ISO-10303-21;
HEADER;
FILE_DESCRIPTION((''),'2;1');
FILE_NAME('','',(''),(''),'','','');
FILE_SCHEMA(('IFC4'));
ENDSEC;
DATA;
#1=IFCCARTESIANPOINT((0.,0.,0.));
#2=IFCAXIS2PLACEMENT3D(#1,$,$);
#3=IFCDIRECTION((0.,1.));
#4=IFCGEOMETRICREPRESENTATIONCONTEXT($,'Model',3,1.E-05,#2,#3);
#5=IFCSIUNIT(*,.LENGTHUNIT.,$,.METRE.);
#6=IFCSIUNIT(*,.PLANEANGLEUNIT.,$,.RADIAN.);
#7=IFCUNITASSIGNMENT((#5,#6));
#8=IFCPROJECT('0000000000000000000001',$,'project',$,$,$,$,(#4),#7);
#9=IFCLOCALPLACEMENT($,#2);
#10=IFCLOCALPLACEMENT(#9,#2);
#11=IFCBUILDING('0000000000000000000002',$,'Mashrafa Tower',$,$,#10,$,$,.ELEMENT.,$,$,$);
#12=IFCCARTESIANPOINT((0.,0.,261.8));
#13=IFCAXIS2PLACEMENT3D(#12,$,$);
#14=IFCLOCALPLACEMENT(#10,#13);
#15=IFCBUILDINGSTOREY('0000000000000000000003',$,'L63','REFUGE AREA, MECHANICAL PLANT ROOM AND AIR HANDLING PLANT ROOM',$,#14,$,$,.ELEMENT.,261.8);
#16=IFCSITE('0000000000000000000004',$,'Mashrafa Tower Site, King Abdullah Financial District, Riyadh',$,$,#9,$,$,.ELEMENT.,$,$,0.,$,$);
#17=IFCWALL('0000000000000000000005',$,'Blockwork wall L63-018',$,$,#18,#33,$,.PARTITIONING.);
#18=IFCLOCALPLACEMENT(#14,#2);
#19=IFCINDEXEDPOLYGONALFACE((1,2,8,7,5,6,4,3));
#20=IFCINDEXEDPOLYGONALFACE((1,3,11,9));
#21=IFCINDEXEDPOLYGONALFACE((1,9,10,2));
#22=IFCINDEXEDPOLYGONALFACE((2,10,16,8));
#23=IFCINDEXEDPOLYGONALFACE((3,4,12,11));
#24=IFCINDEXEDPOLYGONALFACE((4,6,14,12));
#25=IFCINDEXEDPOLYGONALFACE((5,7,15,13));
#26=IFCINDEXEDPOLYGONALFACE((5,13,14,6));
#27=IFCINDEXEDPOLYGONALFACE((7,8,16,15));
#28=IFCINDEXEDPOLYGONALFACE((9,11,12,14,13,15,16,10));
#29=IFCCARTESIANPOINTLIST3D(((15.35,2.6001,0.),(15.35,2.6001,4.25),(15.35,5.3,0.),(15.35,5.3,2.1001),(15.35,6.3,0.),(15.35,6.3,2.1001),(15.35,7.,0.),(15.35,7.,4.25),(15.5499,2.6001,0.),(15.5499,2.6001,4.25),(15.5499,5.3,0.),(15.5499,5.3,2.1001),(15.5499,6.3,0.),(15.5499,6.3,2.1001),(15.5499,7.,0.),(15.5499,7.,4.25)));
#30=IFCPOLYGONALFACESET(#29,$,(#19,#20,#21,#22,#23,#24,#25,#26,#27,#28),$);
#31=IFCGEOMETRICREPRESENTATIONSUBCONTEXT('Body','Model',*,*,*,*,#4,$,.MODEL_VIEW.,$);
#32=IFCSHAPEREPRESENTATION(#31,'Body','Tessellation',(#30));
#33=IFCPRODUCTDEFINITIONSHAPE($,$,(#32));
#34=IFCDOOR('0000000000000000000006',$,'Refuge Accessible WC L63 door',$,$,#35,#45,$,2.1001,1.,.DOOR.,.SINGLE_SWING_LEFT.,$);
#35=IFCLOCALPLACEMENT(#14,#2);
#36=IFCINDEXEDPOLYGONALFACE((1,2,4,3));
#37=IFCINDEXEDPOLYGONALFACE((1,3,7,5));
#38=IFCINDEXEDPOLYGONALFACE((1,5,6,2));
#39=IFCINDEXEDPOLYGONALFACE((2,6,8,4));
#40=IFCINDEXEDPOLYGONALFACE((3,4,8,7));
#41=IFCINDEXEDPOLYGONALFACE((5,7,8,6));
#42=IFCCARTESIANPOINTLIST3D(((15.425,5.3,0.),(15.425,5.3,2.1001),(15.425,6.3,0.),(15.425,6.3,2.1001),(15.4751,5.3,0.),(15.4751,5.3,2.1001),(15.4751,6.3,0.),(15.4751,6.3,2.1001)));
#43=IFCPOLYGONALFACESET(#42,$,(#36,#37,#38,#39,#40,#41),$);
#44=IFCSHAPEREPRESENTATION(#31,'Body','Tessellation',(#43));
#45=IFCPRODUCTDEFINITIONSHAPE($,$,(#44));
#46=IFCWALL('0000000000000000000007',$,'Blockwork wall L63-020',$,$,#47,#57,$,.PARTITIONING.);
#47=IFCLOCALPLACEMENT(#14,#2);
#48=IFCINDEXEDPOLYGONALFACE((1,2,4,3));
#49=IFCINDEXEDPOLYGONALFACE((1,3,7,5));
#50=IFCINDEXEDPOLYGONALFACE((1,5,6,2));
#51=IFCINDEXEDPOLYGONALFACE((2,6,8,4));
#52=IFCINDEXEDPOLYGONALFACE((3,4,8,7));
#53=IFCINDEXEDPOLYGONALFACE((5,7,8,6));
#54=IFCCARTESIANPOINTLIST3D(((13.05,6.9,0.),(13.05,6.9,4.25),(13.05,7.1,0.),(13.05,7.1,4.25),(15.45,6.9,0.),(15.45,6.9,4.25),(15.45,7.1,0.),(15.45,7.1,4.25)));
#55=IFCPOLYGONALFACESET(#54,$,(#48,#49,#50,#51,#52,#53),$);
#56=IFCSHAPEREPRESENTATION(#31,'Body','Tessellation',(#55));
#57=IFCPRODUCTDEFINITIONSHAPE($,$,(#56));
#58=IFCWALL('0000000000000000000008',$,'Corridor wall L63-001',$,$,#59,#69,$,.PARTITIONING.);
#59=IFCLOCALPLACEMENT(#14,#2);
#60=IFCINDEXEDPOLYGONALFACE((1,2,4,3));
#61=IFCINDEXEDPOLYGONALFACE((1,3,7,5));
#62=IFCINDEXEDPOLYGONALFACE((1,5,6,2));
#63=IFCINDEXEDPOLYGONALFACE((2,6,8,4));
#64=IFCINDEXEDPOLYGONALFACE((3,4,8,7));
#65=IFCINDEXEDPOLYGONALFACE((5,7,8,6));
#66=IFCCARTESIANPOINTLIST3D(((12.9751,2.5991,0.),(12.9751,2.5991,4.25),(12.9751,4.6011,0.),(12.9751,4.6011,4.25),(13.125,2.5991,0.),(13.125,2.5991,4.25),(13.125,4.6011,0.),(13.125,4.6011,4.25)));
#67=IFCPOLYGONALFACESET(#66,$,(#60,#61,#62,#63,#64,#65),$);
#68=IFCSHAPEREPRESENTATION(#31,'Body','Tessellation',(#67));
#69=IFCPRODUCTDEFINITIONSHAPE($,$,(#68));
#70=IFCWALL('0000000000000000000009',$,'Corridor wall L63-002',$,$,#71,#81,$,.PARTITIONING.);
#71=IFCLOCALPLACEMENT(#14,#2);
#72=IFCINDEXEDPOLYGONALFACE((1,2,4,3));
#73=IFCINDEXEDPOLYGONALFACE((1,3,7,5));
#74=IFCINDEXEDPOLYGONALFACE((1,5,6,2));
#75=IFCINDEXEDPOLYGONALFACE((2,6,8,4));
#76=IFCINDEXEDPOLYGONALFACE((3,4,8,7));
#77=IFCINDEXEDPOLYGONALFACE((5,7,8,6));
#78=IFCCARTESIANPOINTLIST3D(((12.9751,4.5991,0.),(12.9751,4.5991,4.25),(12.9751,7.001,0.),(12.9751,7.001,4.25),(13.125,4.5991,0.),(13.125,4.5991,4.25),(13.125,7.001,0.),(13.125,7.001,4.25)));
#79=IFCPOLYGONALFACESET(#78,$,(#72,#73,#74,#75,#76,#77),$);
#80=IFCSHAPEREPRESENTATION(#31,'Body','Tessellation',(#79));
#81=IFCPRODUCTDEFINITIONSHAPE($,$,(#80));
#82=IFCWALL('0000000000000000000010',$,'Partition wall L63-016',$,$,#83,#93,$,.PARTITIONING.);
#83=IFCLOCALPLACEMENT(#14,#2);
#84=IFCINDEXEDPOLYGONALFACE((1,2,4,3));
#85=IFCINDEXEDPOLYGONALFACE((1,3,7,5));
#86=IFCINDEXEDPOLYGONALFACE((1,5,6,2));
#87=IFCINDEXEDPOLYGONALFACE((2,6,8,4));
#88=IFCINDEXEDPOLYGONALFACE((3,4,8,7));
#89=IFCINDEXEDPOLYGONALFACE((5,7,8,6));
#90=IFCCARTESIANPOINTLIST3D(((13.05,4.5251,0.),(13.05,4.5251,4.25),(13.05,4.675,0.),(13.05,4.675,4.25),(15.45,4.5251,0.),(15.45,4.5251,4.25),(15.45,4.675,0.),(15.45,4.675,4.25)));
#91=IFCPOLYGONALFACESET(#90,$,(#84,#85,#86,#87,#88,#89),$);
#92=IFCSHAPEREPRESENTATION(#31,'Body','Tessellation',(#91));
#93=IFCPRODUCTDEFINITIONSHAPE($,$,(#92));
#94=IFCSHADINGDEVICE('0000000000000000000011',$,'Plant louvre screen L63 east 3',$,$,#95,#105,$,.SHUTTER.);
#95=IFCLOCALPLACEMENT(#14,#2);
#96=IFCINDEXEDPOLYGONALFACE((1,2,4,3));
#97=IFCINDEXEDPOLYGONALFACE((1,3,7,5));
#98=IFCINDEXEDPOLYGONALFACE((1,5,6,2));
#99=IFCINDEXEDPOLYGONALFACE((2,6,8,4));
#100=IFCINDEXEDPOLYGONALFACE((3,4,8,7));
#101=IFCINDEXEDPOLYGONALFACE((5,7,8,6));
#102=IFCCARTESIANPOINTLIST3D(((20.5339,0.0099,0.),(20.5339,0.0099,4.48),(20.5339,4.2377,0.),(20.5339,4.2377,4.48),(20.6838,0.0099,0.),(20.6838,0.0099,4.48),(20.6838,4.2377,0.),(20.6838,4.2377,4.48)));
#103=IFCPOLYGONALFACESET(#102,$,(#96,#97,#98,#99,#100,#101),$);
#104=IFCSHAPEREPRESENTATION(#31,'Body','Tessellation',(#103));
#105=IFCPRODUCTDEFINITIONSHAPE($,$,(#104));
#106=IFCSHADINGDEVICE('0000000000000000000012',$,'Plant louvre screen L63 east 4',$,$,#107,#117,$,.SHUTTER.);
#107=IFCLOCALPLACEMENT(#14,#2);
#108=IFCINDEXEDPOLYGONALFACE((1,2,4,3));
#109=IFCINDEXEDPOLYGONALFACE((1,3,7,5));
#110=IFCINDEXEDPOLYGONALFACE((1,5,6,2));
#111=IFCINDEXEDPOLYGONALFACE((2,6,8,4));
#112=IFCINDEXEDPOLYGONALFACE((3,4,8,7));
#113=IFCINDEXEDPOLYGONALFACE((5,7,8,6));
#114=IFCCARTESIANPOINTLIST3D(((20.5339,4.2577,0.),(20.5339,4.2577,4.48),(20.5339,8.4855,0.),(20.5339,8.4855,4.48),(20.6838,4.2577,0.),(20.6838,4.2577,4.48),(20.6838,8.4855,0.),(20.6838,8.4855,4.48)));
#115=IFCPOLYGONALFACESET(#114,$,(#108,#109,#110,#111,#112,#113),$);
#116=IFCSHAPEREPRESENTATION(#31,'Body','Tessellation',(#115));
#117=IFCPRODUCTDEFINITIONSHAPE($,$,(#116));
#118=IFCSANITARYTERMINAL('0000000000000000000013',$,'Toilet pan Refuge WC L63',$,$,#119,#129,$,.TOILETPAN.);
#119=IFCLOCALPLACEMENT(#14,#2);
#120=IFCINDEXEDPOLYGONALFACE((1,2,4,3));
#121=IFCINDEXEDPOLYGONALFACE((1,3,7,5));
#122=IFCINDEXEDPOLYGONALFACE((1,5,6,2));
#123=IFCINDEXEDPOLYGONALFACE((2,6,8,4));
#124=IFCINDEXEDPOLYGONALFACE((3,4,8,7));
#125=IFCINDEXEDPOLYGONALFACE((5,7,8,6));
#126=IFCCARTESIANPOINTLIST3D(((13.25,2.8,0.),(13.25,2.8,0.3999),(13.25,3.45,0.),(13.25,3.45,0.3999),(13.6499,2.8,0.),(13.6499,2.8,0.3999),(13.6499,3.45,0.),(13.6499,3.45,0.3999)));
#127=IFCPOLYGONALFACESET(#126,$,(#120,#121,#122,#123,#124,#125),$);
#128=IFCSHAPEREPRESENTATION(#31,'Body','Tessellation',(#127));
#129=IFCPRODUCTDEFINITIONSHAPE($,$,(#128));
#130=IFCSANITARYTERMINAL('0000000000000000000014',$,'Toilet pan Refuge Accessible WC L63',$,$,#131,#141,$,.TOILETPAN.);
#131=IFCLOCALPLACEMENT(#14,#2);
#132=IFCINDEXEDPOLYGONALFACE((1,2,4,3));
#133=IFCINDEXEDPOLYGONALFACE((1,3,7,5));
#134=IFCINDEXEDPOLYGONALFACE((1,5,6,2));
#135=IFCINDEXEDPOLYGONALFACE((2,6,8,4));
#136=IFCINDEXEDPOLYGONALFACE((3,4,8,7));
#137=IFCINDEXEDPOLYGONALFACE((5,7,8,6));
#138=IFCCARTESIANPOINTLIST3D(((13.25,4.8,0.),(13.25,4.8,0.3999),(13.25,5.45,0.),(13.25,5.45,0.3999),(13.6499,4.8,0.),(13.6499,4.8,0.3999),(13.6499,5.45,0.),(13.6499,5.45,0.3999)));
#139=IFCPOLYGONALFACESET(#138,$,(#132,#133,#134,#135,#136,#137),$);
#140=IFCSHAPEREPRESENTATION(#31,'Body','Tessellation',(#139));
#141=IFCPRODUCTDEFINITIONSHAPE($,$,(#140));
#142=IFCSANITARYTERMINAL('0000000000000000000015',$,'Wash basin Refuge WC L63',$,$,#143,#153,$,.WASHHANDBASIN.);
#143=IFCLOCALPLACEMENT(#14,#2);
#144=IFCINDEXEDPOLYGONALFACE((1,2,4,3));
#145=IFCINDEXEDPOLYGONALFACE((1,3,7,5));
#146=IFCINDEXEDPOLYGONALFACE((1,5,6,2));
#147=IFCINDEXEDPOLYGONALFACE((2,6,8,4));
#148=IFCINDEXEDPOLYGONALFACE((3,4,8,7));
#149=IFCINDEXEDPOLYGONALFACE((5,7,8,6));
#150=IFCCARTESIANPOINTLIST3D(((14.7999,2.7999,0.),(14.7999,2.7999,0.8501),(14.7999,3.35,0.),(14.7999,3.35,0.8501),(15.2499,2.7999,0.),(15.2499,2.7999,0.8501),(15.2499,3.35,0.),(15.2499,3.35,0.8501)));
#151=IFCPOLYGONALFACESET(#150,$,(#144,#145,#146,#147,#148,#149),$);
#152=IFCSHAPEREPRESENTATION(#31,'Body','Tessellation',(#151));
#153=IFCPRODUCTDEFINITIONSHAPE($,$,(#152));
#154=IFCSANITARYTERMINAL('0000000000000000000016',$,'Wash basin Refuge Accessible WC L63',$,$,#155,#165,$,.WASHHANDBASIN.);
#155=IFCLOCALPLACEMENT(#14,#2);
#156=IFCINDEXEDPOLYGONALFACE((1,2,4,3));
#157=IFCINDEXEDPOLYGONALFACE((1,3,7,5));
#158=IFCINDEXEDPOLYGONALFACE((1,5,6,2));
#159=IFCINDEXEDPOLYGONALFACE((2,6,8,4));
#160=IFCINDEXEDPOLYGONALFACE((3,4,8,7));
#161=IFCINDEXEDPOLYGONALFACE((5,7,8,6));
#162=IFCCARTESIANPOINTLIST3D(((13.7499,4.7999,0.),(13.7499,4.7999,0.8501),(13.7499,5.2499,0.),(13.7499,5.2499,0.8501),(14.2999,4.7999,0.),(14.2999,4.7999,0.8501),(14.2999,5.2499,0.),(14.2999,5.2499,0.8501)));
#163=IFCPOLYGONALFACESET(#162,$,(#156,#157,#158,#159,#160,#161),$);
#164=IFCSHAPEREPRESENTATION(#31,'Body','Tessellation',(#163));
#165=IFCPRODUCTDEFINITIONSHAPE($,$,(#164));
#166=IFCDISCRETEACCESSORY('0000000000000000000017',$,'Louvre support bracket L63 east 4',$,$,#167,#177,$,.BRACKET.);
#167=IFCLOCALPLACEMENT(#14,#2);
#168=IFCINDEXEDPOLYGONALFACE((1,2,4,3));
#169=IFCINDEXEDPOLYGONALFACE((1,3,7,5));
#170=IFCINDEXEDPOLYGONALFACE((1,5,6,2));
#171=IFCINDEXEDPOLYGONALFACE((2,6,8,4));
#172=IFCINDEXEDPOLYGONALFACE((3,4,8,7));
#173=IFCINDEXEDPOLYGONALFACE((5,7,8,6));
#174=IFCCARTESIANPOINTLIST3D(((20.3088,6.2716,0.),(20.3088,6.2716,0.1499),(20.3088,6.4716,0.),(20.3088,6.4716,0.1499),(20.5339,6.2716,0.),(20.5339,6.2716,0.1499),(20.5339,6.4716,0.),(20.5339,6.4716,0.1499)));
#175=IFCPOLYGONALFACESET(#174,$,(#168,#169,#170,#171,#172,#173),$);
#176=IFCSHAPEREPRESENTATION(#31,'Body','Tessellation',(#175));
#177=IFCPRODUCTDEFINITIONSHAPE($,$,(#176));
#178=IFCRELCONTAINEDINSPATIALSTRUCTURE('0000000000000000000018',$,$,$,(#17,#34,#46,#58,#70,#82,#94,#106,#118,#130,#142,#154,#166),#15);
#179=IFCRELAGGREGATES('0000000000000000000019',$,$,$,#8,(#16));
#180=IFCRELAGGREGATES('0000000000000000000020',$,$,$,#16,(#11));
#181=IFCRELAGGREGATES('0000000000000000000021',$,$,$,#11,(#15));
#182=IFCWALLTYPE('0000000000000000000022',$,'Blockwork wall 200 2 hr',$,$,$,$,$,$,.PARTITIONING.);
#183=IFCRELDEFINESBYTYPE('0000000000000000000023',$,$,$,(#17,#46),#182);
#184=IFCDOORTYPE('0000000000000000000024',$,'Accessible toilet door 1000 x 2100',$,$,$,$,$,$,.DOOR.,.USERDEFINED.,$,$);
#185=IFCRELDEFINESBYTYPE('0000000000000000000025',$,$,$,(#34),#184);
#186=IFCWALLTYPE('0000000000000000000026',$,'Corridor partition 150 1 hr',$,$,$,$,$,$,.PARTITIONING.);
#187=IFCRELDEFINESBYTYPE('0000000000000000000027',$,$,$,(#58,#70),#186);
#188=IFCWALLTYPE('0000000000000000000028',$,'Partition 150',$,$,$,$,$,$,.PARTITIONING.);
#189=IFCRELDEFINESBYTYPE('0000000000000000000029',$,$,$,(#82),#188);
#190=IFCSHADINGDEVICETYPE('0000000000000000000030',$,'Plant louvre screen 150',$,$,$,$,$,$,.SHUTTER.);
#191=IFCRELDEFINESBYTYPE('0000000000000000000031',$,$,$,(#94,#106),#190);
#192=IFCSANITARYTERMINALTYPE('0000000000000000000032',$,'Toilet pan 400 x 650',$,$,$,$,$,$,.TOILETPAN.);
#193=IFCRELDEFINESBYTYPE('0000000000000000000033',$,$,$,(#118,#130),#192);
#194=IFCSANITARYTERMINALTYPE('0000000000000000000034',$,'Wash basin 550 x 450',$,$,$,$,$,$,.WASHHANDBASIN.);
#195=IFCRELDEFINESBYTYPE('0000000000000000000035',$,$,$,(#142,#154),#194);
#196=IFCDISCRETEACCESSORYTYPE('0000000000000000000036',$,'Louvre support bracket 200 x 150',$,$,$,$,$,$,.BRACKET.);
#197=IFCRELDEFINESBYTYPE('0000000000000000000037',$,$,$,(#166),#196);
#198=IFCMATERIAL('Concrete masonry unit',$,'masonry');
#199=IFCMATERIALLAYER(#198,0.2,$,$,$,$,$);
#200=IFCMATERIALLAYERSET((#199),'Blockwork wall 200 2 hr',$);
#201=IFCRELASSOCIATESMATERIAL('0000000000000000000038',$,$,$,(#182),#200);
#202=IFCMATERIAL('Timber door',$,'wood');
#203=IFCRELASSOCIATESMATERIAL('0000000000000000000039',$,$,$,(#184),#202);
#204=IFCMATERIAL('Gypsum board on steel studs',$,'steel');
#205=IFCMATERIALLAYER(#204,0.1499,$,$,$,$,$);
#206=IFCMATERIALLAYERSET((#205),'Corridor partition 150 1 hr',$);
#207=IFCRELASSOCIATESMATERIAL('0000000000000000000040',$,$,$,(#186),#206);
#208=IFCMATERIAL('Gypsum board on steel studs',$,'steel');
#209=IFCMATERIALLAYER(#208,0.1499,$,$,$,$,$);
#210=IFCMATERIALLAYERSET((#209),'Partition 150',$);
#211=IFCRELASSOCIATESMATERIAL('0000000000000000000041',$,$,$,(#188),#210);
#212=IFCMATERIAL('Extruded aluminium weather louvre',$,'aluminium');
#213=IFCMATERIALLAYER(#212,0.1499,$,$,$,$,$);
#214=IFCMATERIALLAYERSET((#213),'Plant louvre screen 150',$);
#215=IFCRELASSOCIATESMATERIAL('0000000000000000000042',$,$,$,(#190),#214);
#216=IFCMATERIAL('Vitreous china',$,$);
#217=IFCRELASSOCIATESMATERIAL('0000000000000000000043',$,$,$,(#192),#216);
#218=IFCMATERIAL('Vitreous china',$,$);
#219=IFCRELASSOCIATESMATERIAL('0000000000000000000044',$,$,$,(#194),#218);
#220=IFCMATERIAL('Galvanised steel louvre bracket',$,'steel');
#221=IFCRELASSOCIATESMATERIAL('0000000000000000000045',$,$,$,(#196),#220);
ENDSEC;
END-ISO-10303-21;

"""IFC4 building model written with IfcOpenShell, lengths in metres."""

from ifc_helpers import new_model, si_unit, direction, frame, frame_2d, origin, origin_2d, place, context, subcontext, project, spatial, rectangle, extrude, source, transform, mapped, material, layer, layer_set, type_object, type_shapes, element, fill, save


model = new_model("IFC4")

# Units and contexts
model_context = context("Model", 3, precision=1e-05, world=origin(), true_north=direction((0.0, 1.0)))
body_context = subcontext(model_context, "Body", "Model", "MODEL_VIEW")
ifc_project = project(units=[si_unit("LENGTHUNIT", "METRE"), si_unit("PLANEANGLEUNIT", "RADIAN")], contexts=[model_context])

# Site, building, storey
site_placement = place(None, origin())
site = spatial("IfcSite", under=ifc_project, at=site_placement, Name="Mashrafa Tower Site, King Abdullah Financial District, Riyadh", CompositionType="ELEMENT", RefElevation=0.0)
building_placement = place(site_placement, origin())
building = spatial("IfcBuilding", under=site, at=building_placement, Name="Mashrafa Tower", CompositionType="ELEMENT")
storey_placement = place(building_placement, frame((0.0, 0.0, 261.8)))
storey = spatial("IfcBuildingStorey", under=building, at=storey_placement, Name="L63", Description="REFUGE AREA, MECHANICAL PLANT ROOM AND AIR HANDLING PLANT ROOM", CompositionType="ELEMENT", Elevation=261.8)

# Shared definitions
ifc_material_1 = material(Name="Concrete masonry unit", Category="masonry")
ifc_layer_1 = layer(ifc_material_1, 0.2)
ifc_layer_set_1 = layer_set([ifc_layer_1], Name="Blockwork wall 200 2 hr")
wall_type_1 = type_object("IfcWallType", Name="Blockwork wall 200 2 hr", PredefinedType="PARTITIONING", material=ifc_layer_set_1)

# Wall, opening, door
wall_1_placement = place(storey_placement, frame((15.45, 2.6001, 0.0), z_axis=(0.0, 0.0, 1.0), x_axis=(0.0, 1.0, 0.0)))
wall_1 = element("IfcWall", 1, at=wall_1_placement, inside=storey, type_object=wall_type_1, Name="Blockwork wall L63-018", PredefinedType="PARTITIONING", context=body_context, shape_type="SweptSolid", body=[
    extrude(rectangle(XDim=4.3999, YDim=0.2, at=frame_2d((2.2, 0.0))), origin(), (0.0, 0.0, 1.0), 4.25),
])
opening_1_placement = place(wall_1_placement, frame((2.7, 0.0, 0.0)))
opening_1 = element("IfcOpeningElement", 2, at=opening_1_placement, cuts=wall_1, PredefinedType="OPENING", context=body_context, shape_type="SweptSolid", body=[
    extrude(rectangle(XDim=1.0, YDim=2.1001, at=frame_2d((0.5, 1.05))), frame((0.0, 0.1099, 0.0), z_axis=(0.0, -1.0, 0.0), x_axis=(1.0, 0.0, 0.0)), (0.0, 0.0, 1.0), 0.22),
])
ifc_material_2 = material(Name="Timber door", Category="wood")
door_type_1 = type_object("IfcDoorType", Name="Accessible toilet door 1000 x 2100", OperationType="USERDEFINED", PredefinedType="DOOR", material=ifc_material_2)
door_1_placement = place(opening_1_placement, origin())
door_1 = element("IfcDoor", 3, at=door_1_placement, inside=storey, type_object=door_type_1, Name="Refuge Accessible WC L63 door", OperationType="SINGLE_SWING_LEFT", OverallHeight=2.1001, OverallWidth=1.0, PredefinedType="DOOR", context=body_context, shape_type="SweptSolid", body=[
    extrude(rectangle(XDim=1.0, YDim=2.1001, at=frame_2d((0.5, 1.05))), frame((0.0, 0.0249, 0.0), z_axis=(0.0, -1.0, 0.0), x_axis=(1.0, 0.0, 0.0)), (0.0, 0.0, 1.0), 0.05),
])
fill(opening_1, door_1)

# Walls
wall_2_placement = place(storey_placement, frame((15.45, 7.0, 0.0), z_axis=(0.0, 0.0, 1.0), x_axis=(-1.0, 0.0, 0.0)))
element("IfcWall", 4, at=wall_2_placement, inside=storey, type_object=wall_type_1, Name="Blockwork wall L63-020", PredefinedType="PARTITIONING", context=body_context, shape_type="SweptSolid", body=[
    extrude(rectangle(XDim=2.3999, YDim=0.2, at=frame_2d((1.2, 0.0))), origin(), (0.0, 0.0, 1.0), 4.25),
])
ifc_material_3 = material(Name="Gypsum board on steel studs", Category="steel")
ifc_layer_2 = layer(ifc_material_3, 0.1499)
ifc_layer_set_2 = layer_set([ifc_layer_2], Name="Corridor partition 150 1 hr")
wall_type_2 = type_object("IfcWallType", Name="Corridor partition 150 1 hr", PredefinedType="PARTITIONING", material=ifc_layer_set_2)
wall_3_placement = place(storey_placement, frame((13.05, 2.5991, 0.0), z_axis=(0.0, 0.0, 1.0), x_axis=(0.0, 1.0, 0.0)))
element("IfcWall", 5, at=wall_3_placement, inside=storey, type_object=wall_type_2, Name="Corridor wall L63-001", PredefinedType="PARTITIONING", context=body_context, shape_type="SweptSolid", body=[
    extrude(rectangle(XDim=2.002, YDim=0.1499, at=frame_2d((1.001, 0.0))), origin(), (0.0, 0.0, 1.0), 4.25),
])
wall_4_placement = place(storey_placement, frame((13.05, 4.5991, 0.0), z_axis=(0.0, 0.0, 1.0), x_axis=(0.0, 1.0, 0.0)))
element("IfcWall", 6, at=wall_4_placement, inside=storey, type_object=wall_type_2, Name="Corridor wall L63-002", PredefinedType="PARTITIONING", context=body_context, shape_type="SweptSolid", body=[
    extrude(rectangle(XDim=2.4019, YDim=0.1499, at=frame_2d((1.2009, 0.0))), origin(), (0.0, 0.0, 1.0), 4.25),
])
ifc_material_4 = material(Name="Gypsum board on steel studs", Category="steel")
ifc_layer_3 = layer(ifc_material_4, 0.1499)
ifc_layer_set_3 = layer_set([ifc_layer_3], Name="Partition 150")
wall_type_3 = type_object("IfcWallType", Name="Partition 150", PredefinedType="PARTITIONING", material=ifc_layer_set_3)
wall_5_placement = place(storey_placement, frame((15.45, 4.6001, 0.0), z_axis=(0.0, 0.0, 1.0), x_axis=(-1.0, 0.0, 0.0)))
element("IfcWall", 7, at=wall_5_placement, inside=storey, type_object=wall_type_3, Name="Partition wall L63-016", PredefinedType="PARTITIONING", context=body_context, shape_type="SweptSolid", body=[
    extrude(rectangle(XDim=2.3999, YDim=0.1499, at=frame_2d((1.2, 0.0))), origin(), (0.0, 0.0, 1.0), 4.25),
])

# Shading devices
ifc_material_5 = material(Name="Extruded aluminium weather louvre", Category="aluminium")
ifc_layer_4 = layer(ifc_material_5, 0.1499)
ifc_layer_set_4 = layer_set([ifc_layer_4], Name="Plant louvre screen 150")
shading_device_type = type_object("IfcShadingDeviceType", Name="Plant louvre screen 150", PredefinedType="SHUTTER", material=ifc_layer_set_4)
shared_shape_1 = source(origin(), body_context, "Body", "SweptSolid", [
    extrude(rectangle(XDim=4.2278, YDim=0.1499, at=origin_2d()), origin(), (0.0, 0.0, 1.0), 4.48),
])
type_shapes(shading_device_type, [shared_shape_1])
for number, where, z_axis, x_axis, name in (
    (8, (20.6089, 2.1238, 0.0), (0.0, 0.0, 1.0), (0.0, 1.0, 0.0), "Plant louvre screen L63 east 3"),
    (9, (20.6089, 6.3716, 0.0), (0.0, 0.0, 1.0), (0.0, 1.0, 0.0), "Plant louvre screen L63 east 4"),
):
    element("IfcShadingDevice", number, at=place(storey_placement, frame(where, z_axis=z_axis, x_axis=x_axis)), inside=storey, type_object=shading_device_type, Name=name, PredefinedType="SHUTTER", context=body_context, shape_type="MappedRepresentation", body=[
        mapped(shared_shape_1, transform((0.0, 0.0, 0.0))),
    ])

# Sanitary terminals
ifc_material_6 = material(Name="Vitreous china")
sanitary_terminal_type_1 = type_object("IfcSanitaryTerminalType", Name="Toilet pan 400 x 650", PredefinedType="TOILETPAN", material=ifc_material_6)
for number, where, z_axis, x_axis, name in (
    (10, (13.45, 3.125, 0.0), (0.0, 0.0, 1.0), (1.0, 0.0, 0.0), "Toilet pan Refuge WC L63"),
    (11, (13.45, 5.125, 0.0), (0.0, 0.0, 1.0), (1.0, 0.0, 0.0), "Toilet pan Refuge Accessible WC L63"),
):
    element("IfcSanitaryTerminal", number, at=place(storey_placement, frame(where, z_axis=z_axis, x_axis=x_axis)), inside=storey, type_object=sanitary_terminal_type_1, Name=name, PredefinedType="TOILETPAN", context=body_context, shape_type="SweptSolid", body=[
        extrude(rectangle(XDim=0.3999, YDim=0.6499, at=origin_2d()), origin(), (0.0, 0.0, 1.0), 0.3999),
    ])
ifc_material_7 = material(Name="Vitreous china")
sanitary_terminal_type_2 = type_object("IfcSanitaryTerminalType", Name="Wash basin 550 x 450", PredefinedType="WASHHANDBASIN", material=ifc_material_7)
for number, where, z_axis, x_axis, name in (
    (12, (15.0249, 3.075, 0.0), (0.0, 0.0, 1.0), (0.0, 1.0, 0.0), "Wash basin Refuge WC L63"),
    (13, (14.0249, 5.0249, 0.0), (0.0, 0.0, 1.0), (1.0, 0.0, 0.0), "Wash basin Refuge Accessible WC L63"),
):
    element("IfcSanitaryTerminal", number, at=place(storey_placement, frame(where, z_axis=z_axis, x_axis=x_axis)), inside=storey, type_object=sanitary_terminal_type_2, Name=name, PredefinedType="WASHHANDBASIN", context=body_context, shape_type="SweptSolid", body=[
        extrude(rectangle(XDim=0.55, YDim=0.45, at=origin_2d()), origin(), (0.0, 0.0, 1.0), 0.8501),
    ])

# Discrete accessory
ifc_material_8 = material(Name="Galvanised steel louvre bracket", Category="steel")
discrete_accessory_type = type_object("IfcDiscreteAccessoryType", Name="Louvre support bracket 200 x 150", PredefinedType="BRACKET", material=ifc_material_8)
shared_shape_2 = source(origin(), body_context, "Body", "SweptSolid", [
    extrude(rectangle(XDim=0.2, YDim=0.2251, at=origin_2d()), origin(), (0.0, 0.0, 1.0), 0.1499),
])
type_shapes(discrete_accessory_type, [shared_shape_2])
discrete_accessory_placement = place(storey_placement, frame((20.4214, 6.3716, 0.0), z_axis=(0.0, 0.0, 1.0), x_axis=(0.0, 1.0, 0.0)))
element("IfcDiscreteAccessory", 14, at=discrete_accessory_placement, inside=storey, type_object=discrete_accessory_type, Name="Louvre support bracket L63 east 4", PredefinedType="BRACKET", context=body_context, shape_type="MappedRepresentation", body=[
    mapped(shared_shape_2, transform((0.0, 0.0, 0.0))),
])

save(model, "model.ifc")
